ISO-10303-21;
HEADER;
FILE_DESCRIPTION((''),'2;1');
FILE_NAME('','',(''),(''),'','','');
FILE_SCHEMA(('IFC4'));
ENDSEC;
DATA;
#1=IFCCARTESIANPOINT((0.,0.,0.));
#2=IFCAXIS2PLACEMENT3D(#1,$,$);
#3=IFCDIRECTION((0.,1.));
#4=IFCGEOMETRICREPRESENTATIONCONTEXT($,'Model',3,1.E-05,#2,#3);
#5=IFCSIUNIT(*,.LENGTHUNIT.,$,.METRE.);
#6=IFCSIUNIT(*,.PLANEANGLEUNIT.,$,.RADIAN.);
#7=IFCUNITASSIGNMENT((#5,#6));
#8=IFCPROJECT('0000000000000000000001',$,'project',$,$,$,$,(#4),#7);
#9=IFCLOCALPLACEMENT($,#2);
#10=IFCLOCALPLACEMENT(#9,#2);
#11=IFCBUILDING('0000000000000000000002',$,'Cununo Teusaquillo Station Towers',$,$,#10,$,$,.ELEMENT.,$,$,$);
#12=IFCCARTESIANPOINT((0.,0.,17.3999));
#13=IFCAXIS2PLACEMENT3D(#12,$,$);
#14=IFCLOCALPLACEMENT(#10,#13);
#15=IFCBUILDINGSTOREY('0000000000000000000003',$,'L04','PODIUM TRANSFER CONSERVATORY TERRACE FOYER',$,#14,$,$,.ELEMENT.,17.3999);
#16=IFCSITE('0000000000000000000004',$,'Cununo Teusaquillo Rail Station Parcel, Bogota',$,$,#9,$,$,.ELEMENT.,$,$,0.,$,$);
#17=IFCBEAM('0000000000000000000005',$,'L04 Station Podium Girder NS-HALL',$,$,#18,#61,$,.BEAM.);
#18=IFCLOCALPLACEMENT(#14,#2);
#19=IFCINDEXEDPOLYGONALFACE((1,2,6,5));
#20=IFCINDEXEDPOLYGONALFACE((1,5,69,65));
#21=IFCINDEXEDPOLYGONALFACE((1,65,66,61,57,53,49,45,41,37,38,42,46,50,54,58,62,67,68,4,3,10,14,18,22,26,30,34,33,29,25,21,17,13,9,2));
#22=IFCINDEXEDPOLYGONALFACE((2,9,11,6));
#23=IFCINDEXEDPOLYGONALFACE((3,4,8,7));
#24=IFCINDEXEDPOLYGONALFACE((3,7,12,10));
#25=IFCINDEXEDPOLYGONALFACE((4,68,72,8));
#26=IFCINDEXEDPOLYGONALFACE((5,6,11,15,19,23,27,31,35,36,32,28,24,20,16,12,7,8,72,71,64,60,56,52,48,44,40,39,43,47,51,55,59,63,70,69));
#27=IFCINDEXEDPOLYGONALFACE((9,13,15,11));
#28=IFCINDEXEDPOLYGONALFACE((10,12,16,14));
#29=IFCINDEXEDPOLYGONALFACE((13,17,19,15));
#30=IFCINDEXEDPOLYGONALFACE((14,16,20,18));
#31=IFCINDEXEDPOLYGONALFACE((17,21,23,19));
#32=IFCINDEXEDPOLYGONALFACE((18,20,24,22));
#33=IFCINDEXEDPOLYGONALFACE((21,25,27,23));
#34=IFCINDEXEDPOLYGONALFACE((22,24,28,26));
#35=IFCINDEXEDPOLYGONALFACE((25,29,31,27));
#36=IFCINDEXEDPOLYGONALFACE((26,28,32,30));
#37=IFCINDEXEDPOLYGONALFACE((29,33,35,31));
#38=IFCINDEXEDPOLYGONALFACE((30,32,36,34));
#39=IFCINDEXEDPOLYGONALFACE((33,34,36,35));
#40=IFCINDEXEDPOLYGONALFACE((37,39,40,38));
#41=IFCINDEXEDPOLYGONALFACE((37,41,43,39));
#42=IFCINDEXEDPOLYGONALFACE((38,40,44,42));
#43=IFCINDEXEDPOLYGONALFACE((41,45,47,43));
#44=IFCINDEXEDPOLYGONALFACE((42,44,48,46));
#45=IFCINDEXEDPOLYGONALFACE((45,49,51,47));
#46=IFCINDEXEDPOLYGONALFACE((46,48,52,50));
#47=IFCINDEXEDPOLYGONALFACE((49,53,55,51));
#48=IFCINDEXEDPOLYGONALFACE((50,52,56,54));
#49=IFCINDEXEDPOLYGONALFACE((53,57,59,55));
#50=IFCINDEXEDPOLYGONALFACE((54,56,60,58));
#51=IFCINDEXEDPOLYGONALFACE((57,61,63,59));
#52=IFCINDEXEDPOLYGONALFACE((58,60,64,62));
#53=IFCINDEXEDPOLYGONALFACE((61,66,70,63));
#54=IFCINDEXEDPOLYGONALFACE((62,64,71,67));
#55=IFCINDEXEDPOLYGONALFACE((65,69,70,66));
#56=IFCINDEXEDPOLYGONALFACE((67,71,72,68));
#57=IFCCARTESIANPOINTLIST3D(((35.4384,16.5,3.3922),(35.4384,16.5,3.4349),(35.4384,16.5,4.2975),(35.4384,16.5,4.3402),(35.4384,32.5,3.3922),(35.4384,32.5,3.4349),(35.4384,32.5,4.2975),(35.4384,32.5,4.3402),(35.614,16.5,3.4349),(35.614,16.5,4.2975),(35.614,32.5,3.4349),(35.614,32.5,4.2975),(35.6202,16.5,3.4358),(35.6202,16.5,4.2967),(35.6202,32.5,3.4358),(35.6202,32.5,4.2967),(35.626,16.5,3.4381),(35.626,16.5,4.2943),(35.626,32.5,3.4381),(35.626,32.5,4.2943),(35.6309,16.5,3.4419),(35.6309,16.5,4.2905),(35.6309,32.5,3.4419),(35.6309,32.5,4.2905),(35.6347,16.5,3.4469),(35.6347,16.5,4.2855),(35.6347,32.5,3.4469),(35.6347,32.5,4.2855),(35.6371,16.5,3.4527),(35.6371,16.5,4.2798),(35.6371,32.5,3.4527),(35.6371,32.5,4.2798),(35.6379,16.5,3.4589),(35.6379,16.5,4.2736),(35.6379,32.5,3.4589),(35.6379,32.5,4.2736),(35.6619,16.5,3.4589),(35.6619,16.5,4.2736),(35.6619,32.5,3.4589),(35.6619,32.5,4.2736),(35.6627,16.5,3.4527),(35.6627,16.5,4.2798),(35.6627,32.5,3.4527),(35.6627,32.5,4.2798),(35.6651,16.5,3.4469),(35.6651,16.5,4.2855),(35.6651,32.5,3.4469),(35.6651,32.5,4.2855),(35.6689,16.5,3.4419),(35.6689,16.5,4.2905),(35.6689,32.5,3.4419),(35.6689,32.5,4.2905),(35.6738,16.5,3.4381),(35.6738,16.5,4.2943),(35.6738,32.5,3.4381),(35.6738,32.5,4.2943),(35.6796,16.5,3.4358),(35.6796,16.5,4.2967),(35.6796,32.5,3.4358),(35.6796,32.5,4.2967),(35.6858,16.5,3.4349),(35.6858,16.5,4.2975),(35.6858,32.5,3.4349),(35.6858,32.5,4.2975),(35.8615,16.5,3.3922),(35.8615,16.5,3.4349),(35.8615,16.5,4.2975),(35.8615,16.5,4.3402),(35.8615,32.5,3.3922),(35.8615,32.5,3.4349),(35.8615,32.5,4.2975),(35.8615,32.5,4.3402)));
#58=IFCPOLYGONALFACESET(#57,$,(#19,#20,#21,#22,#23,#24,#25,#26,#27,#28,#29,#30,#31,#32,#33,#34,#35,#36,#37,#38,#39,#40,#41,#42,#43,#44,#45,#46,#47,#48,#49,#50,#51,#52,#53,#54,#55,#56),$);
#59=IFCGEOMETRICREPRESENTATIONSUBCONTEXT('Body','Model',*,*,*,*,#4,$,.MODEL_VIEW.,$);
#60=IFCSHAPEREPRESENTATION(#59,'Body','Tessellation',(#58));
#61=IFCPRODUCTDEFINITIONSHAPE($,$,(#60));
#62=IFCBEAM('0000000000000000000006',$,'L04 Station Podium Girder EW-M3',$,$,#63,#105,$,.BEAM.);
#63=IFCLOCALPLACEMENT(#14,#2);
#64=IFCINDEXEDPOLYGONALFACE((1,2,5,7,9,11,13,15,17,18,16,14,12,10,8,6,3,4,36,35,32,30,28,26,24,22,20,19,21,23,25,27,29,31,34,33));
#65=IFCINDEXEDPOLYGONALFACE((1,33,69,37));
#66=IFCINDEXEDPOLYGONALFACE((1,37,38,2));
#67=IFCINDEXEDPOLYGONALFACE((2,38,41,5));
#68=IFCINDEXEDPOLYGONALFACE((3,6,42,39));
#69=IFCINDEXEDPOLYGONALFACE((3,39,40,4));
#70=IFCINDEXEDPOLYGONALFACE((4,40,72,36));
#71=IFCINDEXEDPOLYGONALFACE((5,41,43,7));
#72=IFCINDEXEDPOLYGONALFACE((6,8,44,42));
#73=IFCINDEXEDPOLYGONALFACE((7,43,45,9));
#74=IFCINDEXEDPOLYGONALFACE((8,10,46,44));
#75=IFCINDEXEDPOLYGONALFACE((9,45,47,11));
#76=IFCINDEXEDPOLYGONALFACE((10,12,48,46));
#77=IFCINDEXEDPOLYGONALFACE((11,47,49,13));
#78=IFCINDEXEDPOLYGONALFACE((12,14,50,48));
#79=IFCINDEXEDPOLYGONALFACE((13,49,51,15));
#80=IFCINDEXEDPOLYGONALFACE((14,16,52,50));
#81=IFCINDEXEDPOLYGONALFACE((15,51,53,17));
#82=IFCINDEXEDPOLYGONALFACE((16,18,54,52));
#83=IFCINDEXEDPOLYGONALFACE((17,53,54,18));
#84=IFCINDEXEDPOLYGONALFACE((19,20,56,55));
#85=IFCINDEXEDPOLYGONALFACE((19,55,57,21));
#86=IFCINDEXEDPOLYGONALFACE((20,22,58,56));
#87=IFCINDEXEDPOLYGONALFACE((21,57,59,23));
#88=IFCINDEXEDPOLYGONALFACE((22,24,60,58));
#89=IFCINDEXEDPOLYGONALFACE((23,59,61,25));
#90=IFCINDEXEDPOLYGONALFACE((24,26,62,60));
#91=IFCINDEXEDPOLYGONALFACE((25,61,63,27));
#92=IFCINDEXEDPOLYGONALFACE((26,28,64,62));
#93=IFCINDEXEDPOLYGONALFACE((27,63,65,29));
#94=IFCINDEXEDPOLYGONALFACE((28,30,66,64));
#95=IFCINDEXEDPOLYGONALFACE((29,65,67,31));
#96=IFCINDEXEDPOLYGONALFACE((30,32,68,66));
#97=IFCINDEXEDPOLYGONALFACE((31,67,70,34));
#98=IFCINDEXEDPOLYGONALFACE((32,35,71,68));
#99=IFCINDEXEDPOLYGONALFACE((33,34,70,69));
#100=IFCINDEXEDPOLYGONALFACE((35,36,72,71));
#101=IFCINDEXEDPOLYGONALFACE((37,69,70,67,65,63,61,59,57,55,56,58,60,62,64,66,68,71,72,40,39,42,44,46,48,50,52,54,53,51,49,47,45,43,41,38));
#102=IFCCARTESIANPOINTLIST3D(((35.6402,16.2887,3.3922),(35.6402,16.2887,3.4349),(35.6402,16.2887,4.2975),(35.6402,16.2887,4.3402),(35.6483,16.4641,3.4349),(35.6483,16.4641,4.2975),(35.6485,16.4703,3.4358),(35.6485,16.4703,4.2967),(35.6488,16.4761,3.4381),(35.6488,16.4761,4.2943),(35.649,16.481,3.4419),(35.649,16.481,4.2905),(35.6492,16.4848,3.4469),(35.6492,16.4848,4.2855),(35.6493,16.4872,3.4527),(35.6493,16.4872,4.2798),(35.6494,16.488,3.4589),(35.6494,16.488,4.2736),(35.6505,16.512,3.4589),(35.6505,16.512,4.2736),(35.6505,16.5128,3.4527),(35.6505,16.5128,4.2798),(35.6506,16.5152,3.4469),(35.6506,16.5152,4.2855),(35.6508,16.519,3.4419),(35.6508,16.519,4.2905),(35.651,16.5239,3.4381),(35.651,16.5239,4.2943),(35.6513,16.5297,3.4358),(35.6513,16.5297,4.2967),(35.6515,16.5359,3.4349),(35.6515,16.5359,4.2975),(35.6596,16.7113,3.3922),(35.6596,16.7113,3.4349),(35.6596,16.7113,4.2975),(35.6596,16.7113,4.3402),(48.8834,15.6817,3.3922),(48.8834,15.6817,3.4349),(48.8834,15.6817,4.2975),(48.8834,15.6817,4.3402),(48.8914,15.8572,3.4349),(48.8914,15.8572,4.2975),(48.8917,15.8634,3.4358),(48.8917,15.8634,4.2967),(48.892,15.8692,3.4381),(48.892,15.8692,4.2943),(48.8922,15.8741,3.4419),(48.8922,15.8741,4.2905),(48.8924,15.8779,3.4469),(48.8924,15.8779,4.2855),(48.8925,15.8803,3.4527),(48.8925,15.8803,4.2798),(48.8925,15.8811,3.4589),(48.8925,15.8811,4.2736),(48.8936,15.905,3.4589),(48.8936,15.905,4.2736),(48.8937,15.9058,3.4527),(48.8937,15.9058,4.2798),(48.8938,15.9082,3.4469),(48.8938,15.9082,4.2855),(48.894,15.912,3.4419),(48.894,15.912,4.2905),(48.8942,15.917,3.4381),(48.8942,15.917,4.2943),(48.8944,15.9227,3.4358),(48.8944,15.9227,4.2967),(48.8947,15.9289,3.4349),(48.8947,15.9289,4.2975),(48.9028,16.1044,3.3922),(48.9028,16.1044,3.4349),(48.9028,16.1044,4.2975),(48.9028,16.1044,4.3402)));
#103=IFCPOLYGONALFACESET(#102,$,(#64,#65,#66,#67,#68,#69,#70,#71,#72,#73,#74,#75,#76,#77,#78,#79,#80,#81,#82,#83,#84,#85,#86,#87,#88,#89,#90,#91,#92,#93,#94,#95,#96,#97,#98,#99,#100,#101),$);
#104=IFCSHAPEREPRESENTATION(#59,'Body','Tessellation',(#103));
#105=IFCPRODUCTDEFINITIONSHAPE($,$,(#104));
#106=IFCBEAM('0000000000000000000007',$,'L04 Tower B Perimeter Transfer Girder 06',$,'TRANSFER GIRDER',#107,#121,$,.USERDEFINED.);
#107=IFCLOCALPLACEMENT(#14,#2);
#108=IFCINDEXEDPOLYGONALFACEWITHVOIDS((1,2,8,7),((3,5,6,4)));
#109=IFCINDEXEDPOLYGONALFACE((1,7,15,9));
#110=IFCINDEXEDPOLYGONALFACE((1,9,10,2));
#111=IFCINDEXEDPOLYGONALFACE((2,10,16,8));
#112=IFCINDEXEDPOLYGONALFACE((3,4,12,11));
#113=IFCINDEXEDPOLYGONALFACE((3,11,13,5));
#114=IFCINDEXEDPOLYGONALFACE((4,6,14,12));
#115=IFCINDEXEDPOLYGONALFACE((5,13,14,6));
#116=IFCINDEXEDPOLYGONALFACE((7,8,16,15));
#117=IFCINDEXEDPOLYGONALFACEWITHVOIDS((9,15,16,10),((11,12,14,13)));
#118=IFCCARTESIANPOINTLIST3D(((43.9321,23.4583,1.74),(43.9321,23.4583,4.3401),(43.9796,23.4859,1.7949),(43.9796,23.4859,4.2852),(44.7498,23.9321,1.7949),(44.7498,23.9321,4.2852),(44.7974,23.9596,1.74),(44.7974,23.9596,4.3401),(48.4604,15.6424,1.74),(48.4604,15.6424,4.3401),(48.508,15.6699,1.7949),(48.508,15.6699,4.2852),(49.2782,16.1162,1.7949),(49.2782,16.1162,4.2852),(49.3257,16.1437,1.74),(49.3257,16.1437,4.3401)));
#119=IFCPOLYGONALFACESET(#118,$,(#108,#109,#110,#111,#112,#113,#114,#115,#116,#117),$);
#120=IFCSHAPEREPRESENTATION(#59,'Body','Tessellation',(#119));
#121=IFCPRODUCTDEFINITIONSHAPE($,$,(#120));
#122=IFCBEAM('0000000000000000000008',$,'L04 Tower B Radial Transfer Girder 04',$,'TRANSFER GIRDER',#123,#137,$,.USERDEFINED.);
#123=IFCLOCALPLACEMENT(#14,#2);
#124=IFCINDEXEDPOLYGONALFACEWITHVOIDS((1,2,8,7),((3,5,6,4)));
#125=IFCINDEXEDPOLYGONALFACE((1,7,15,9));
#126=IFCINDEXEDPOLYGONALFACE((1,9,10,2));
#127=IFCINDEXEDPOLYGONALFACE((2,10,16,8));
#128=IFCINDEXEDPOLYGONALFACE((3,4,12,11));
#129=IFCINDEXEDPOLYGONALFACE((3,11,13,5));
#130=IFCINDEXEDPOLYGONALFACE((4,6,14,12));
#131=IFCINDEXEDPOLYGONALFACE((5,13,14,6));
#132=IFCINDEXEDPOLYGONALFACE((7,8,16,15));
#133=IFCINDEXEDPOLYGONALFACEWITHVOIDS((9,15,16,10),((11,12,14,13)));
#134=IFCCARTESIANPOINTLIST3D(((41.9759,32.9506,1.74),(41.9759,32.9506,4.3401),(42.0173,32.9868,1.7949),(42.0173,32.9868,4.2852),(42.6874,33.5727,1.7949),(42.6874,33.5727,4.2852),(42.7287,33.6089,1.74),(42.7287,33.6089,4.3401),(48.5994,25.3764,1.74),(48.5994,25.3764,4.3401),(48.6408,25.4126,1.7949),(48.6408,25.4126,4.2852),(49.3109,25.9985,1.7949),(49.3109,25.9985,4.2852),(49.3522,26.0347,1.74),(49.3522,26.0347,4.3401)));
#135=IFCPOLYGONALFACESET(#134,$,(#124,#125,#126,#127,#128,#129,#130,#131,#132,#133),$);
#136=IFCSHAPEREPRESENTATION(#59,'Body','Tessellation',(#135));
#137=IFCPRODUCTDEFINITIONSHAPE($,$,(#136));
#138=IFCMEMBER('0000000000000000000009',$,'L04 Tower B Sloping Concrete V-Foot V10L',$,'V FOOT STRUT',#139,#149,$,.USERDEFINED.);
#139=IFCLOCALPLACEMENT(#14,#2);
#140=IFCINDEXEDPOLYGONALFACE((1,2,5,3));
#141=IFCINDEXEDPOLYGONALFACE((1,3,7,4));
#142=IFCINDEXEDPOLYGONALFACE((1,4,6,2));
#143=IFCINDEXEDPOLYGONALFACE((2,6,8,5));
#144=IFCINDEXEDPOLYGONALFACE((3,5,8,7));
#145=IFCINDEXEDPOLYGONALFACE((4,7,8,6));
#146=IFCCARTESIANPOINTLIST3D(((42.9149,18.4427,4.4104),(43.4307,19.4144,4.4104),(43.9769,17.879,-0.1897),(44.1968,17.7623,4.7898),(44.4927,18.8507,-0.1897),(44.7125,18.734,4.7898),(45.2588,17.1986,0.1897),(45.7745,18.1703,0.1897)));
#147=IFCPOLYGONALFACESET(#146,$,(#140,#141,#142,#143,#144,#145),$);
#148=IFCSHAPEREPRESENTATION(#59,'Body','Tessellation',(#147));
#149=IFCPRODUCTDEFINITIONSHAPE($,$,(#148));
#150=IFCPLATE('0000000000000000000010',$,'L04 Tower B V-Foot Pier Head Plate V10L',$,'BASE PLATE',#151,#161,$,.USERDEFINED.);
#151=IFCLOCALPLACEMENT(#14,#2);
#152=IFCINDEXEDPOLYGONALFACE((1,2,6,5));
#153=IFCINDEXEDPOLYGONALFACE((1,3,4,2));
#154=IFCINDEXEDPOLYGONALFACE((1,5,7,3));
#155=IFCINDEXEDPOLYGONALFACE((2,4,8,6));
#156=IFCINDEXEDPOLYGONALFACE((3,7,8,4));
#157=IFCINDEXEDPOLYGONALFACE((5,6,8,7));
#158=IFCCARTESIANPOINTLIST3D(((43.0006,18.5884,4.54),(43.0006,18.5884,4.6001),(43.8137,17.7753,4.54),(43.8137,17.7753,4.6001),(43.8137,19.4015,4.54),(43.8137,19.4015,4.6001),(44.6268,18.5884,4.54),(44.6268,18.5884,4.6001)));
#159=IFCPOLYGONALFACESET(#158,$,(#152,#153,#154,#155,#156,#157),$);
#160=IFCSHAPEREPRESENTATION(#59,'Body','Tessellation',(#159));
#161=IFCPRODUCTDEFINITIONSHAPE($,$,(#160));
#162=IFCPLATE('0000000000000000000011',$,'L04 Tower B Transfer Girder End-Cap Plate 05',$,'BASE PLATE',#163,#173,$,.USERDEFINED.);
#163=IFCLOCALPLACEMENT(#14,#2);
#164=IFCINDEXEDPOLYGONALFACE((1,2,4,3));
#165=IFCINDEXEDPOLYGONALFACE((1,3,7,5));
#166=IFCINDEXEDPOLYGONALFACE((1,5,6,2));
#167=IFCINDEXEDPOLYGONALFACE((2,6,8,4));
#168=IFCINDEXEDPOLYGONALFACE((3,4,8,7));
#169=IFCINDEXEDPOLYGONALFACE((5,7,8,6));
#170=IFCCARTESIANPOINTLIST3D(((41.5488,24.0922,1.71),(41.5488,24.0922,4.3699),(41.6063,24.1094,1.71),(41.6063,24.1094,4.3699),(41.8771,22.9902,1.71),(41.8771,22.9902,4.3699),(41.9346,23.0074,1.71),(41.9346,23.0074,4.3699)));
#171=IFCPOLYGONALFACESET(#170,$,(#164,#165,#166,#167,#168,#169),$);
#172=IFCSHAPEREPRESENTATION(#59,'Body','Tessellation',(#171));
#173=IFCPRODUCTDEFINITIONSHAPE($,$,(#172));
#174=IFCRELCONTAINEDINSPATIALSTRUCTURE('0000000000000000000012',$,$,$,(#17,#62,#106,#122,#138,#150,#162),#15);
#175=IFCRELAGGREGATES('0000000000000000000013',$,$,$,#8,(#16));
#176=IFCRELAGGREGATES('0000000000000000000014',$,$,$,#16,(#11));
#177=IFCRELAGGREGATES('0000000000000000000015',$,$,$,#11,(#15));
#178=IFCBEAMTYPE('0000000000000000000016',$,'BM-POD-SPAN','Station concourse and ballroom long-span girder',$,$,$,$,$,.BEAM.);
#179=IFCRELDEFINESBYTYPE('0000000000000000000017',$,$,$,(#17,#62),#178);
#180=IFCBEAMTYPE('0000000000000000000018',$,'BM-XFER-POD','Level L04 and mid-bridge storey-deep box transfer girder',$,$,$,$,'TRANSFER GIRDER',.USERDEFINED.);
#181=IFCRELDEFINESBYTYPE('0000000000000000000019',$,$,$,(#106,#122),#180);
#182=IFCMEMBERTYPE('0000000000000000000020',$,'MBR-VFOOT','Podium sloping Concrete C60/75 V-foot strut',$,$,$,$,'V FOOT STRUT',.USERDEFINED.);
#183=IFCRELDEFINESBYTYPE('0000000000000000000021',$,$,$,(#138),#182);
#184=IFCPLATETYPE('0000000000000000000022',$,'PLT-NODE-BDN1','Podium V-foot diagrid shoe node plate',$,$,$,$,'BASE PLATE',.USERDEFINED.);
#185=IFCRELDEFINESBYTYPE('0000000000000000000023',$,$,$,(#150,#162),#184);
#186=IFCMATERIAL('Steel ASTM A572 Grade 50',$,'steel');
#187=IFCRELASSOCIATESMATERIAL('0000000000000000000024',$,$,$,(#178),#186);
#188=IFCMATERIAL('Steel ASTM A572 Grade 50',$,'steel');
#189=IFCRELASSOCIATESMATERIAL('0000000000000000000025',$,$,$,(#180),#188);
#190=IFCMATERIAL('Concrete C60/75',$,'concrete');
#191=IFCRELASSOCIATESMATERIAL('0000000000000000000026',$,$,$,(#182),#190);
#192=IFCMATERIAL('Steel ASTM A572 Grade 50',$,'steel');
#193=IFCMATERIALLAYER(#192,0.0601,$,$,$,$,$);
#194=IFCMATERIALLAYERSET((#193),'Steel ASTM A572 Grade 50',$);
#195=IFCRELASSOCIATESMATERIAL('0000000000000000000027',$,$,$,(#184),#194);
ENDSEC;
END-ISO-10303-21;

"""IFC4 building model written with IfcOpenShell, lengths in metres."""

from ifc_helpers import new_model, si_unit, direction, frame, origin, origin_2d, place, context, subcontext, project, spatial, rectangle, hollow_rectangle, i_section, extrude, source, transform, mapped, material, layer, layer_set, material_profile, profile_set, type_object, element, save


model = new_model("IFC4")

# Units and contexts
model_context = context("Model", 3, precision=1e-05, world=origin(), true_north=direction((0.0, 1.0)))
body_context = subcontext(model_context, "Body", "Model", "MODEL_VIEW")
ifc_project = project(units=[si_unit("LENGTHUNIT", "METRE"), si_unit("PLANEANGLEUNIT", "RADIAN")], contexts=[model_context])

# Site, building, storey
site_placement = place(None, origin())
site = spatial("IfcSite", under=ifc_project, at=site_placement, Name="Cununo Teusaquillo Rail Station Parcel, Bogota", CompositionType="ELEMENT", RefElevation=0.0)
building_placement = place(site_placement, origin())
building = spatial("IfcBuilding", under=site, at=building_placement, Name="Cununo Teusaquillo Station Towers", CompositionType="ELEMENT")
storey_placement = place(building_placement, frame((0.0, 0.0, 17.3999)))
storey = spatial("IfcBuildingStorey", under=building, at=storey_placement, Name="L04", Description="PODIUM TRANSFER CONSERVATORY TERRACE FOYER", CompositionType="ELEMENT", Elevation=17.3999)

# Beams
ifc_material_1 = material(Name="Steel ASTM A572 Grade 50", Category="steel")
ifc_material_profile_1 = material_profile(ifc_material_1, i_section(OverallWidth=0.4231, OverallDepth=0.948, WebThickness=0.0239, FlangeThickness=0.0427, FilletRadius=0.0239, at=origin_2d()), Name="W36X302")
ifc_profile_set_1 = profile_set([ifc_material_profile_1], Name="Steel ASTM A572 Grade 50")
beam_type_1 = type_object("IfcBeamType", Name="BM-POD-SPAN", Description="Station concourse and ballroom long-span girder", PredefinedType="BEAM", material=ifc_profile_set_1)
beam_1_placement = place(storey_placement, frame((35.6499, 16.5, 3.8662), z_axis=(0.0, 1.0, 0.0), x_axis=(-1.0, 0.0, 0.0)))
element("IfcBeam", 1, at=beam_1_placement, inside=storey, type_object=beam_type_1, Name="L04 Station Podium Girder NS-HALL", PredefinedType="BEAM", context=body_context, shape_type="SweptSolid", body=[
    extrude(i_section(OverallWidth=0.4231, OverallDepth=0.948, WebThickness=0.0239, FlangeThickness=0.0427, FilletRadius=0.0239, at=origin_2d()), origin(), (0.0, 0.0, 1.0), 16.0),
])
beam_2_placement = place(storey_placement, frame((35.6499, 16.5, 3.8662), z_axis=(0.998951, -0.045782, 0.0), x_axis=(0.045782, 0.998951, 0.0)))
element("IfcBeam", 2, at=beam_2_placement, inside=storey, type_object=beam_type_1, Name="L04 Station Podium Girder EW-M3", PredefinedType="BEAM", context=body_context, shape_type="SweptSolid", body=[
    extrude(i_section(OverallWidth=0.4231, OverallDepth=0.948, WebThickness=0.0239, FlangeThickness=0.0427, FilletRadius=0.0239, at=origin_2d()), origin(), (0.0, 0.0, 1.0), 13.2571),
])
ifc_material_2 = material(Name="Steel ASTM A572 Grade 50", Category="steel")
ifc_material_profile_2 = material_profile(ifc_material_2, hollow_rectangle(XDim=1.0, YDim=2.6001, WallThickness=0.0549, at=origin_2d()), Name="BOX 2600x1000x55")
ifc_profile_set_2 = profile_set([ifc_material_profile_2], Name="Steel ASTM A572 Grade 50")
beam_type_2 = type_object("IfcBeamType", Name="BM-XFER-POD", Description="Level L04 and mid-bridge storey-deep box transfer girder", ElementType="TRANSFER GIRDER", PredefinedType="USERDEFINED", material=ifc_profile_set_2)
beam_3_placement = place(storey_placement, frame((44.3647, 23.709, 3.04), z_axis=(0.501311, -0.865267, 0.0), x_axis=(0.865267, 0.501311, 0.0)))
element("IfcBeam", 3, at=beam_3_placement, inside=storey, type_object=beam_type_2, Name="L04 Tower B Perimeter Transfer Girder 06", ObjectType="TRANSFER GIRDER", PredefinedType="USERDEFINED", context=body_context, shape_type="SweptSolid", body=[
    extrude(hollow_rectangle(XDim=1.0, YDim=2.6001, WallThickness=0.0549, at=origin_2d()), origin(), (0.0, 0.0, 1.0), 9.033),
])
beam_4_placement = place(storey_placement, frame((48.9758, 25.7056, 3.04), z_axis=(-0.658285, 0.752769, 0.0), x_axis=(-0.752769, -0.658285, 0.0)))
element("IfcBeam", 4, at=beam_4_placement, inside=storey, type_object=beam_type_2, Name="L04 Tower B Radial Transfer Girder 04", ObjectType="TRANSFER GIRDER", PredefinedType="USERDEFINED", context=body_context, shape_type="SweptSolid", body=[
    extrude(hollow_rectangle(XDim=1.0, YDim=2.6001, WallThickness=0.0549, at=origin_2d()), origin(), (0.0, 0.0, 1.0), 10.0618),
])

# Member
ifc_material_3 = material(Name="Concrete C60/75", Category="concrete")
ifc_material_profile_3 = material_profile(ifc_material_3, rectangle(XDim=1.1001, YDim=1.5, at=origin_2d()), Name="RC-RECT-1500x1100")
ifc_profile_set_3 = profile_set([ifc_material_profile_3], Name="Concrete C60/75")
member_type = type_object("IfcMemberType", Name="MBR-VFOOT", Description="Podium sloping Concrete C60/75 V-foot strut", ElementType="V FOOT STRUT", PredefinedType="USERDEFINED", material=ifc_profile_set_3)
member_placement = place(storey_placement, frame((44.8757, 18.0247, 0.0), z_axis=(-0.223363, 0.118562, 0.967498), x_axis=(-0.468848, -0.883279, 0.0)))
element("IfcMember", 5, at=member_placement, inside=storey, type_object=member_type, Name="L04 Tower B Sloping Concrete V-Foot V10L", ObjectType="V FOOT STRUT", PredefinedType="USERDEFINED", context=body_context, shape_type="SweptSolid", body=[
    extrude(rectangle(XDim=1.1001, YDim=1.5, at=origin_2d()), origin(), (0.0, 0.0, 1.0), 4.7546),
])

# Plates
ifc_material_4 = material(Name="Steel ASTM A572 Grade 50", Category="steel")
ifc_layer_1 = layer(ifc_material_4, 0.0601)
ifc_layer_set_1 = layer_set([ifc_layer_1], Name="Steel ASTM A572 Grade 50")
plate_type = type_object("IfcPlateType", Name="PLT-NODE-BDN1", Description="Podium V-foot diagrid shoe node plate", ElementType="BASE PLATE", PredefinedType="USERDEFINED", material=ifc_layer_set_1)
shared_shape_1 = source(origin(), body_context, "Body", "SweptSolid", [
    extrude(rectangle(XDim=1.1499, YDim=1.1499, at=origin_2d()), origin(), (0.0, 0.0, 1.0), 0.0601),
])
plate_1_placement = place(storey_placement, frame((43.8137, 18.5884, 4.54), z_axis=(0.0, 0.0, 1.0), x_axis=(0.707107, 0.707107, 0.0)))
element("IfcPlate", 6, at=plate_1_placement, inside=storey, type_object=plate_type, Name="L04 Tower B V-Foot Pier Head Plate V10L", ObjectType="BASE PLATE", PredefinedType="USERDEFINED", context=body_context, shape_type="MappedRepresentation", body=[
    mapped(shared_shape_1, transform((0.0, 0.0, 0.0), x_axis=(1.0, 0.0, 0.0), y_axis=(0.0, 1.0, 0.0), z_axis=(0.0, 0.0, 1.0), scale=1.0)),
])
shared_shape_2 = source(origin(), body_context, "Body", "SweptSolid", [
    extrude(rectangle(XDim=0.0601, YDim=1.1499, at=origin_2d()), origin(), (0.0, 0.0, 1.0), 2.6599),
])
plate_2_placement = place(storey_placement, frame((41.7417, 23.5498, 1.71), z_axis=(0.0, 0.0, 1.0), x_axis=(-0.958372, -0.285521, 0.0)))
element("IfcPlate", 7, at=plate_2_placement, inside=storey, type_object=plate_type, Name="L04 Tower B Transfer Girder End-Cap Plate 05", ObjectType="BASE PLATE", PredefinedType="USERDEFINED", context=body_context, shape_type="MappedRepresentation", body=[
    mapped(shared_shape_2, transform((0.0, 0.0, 0.0), x_axis=(1.0, 0.0, 0.0), y_axis=(0.0, 1.0, 0.0), z_axis=(0.0, 0.0, 1.0), scale=1.0)),
])

save(model, "model.ifc")
